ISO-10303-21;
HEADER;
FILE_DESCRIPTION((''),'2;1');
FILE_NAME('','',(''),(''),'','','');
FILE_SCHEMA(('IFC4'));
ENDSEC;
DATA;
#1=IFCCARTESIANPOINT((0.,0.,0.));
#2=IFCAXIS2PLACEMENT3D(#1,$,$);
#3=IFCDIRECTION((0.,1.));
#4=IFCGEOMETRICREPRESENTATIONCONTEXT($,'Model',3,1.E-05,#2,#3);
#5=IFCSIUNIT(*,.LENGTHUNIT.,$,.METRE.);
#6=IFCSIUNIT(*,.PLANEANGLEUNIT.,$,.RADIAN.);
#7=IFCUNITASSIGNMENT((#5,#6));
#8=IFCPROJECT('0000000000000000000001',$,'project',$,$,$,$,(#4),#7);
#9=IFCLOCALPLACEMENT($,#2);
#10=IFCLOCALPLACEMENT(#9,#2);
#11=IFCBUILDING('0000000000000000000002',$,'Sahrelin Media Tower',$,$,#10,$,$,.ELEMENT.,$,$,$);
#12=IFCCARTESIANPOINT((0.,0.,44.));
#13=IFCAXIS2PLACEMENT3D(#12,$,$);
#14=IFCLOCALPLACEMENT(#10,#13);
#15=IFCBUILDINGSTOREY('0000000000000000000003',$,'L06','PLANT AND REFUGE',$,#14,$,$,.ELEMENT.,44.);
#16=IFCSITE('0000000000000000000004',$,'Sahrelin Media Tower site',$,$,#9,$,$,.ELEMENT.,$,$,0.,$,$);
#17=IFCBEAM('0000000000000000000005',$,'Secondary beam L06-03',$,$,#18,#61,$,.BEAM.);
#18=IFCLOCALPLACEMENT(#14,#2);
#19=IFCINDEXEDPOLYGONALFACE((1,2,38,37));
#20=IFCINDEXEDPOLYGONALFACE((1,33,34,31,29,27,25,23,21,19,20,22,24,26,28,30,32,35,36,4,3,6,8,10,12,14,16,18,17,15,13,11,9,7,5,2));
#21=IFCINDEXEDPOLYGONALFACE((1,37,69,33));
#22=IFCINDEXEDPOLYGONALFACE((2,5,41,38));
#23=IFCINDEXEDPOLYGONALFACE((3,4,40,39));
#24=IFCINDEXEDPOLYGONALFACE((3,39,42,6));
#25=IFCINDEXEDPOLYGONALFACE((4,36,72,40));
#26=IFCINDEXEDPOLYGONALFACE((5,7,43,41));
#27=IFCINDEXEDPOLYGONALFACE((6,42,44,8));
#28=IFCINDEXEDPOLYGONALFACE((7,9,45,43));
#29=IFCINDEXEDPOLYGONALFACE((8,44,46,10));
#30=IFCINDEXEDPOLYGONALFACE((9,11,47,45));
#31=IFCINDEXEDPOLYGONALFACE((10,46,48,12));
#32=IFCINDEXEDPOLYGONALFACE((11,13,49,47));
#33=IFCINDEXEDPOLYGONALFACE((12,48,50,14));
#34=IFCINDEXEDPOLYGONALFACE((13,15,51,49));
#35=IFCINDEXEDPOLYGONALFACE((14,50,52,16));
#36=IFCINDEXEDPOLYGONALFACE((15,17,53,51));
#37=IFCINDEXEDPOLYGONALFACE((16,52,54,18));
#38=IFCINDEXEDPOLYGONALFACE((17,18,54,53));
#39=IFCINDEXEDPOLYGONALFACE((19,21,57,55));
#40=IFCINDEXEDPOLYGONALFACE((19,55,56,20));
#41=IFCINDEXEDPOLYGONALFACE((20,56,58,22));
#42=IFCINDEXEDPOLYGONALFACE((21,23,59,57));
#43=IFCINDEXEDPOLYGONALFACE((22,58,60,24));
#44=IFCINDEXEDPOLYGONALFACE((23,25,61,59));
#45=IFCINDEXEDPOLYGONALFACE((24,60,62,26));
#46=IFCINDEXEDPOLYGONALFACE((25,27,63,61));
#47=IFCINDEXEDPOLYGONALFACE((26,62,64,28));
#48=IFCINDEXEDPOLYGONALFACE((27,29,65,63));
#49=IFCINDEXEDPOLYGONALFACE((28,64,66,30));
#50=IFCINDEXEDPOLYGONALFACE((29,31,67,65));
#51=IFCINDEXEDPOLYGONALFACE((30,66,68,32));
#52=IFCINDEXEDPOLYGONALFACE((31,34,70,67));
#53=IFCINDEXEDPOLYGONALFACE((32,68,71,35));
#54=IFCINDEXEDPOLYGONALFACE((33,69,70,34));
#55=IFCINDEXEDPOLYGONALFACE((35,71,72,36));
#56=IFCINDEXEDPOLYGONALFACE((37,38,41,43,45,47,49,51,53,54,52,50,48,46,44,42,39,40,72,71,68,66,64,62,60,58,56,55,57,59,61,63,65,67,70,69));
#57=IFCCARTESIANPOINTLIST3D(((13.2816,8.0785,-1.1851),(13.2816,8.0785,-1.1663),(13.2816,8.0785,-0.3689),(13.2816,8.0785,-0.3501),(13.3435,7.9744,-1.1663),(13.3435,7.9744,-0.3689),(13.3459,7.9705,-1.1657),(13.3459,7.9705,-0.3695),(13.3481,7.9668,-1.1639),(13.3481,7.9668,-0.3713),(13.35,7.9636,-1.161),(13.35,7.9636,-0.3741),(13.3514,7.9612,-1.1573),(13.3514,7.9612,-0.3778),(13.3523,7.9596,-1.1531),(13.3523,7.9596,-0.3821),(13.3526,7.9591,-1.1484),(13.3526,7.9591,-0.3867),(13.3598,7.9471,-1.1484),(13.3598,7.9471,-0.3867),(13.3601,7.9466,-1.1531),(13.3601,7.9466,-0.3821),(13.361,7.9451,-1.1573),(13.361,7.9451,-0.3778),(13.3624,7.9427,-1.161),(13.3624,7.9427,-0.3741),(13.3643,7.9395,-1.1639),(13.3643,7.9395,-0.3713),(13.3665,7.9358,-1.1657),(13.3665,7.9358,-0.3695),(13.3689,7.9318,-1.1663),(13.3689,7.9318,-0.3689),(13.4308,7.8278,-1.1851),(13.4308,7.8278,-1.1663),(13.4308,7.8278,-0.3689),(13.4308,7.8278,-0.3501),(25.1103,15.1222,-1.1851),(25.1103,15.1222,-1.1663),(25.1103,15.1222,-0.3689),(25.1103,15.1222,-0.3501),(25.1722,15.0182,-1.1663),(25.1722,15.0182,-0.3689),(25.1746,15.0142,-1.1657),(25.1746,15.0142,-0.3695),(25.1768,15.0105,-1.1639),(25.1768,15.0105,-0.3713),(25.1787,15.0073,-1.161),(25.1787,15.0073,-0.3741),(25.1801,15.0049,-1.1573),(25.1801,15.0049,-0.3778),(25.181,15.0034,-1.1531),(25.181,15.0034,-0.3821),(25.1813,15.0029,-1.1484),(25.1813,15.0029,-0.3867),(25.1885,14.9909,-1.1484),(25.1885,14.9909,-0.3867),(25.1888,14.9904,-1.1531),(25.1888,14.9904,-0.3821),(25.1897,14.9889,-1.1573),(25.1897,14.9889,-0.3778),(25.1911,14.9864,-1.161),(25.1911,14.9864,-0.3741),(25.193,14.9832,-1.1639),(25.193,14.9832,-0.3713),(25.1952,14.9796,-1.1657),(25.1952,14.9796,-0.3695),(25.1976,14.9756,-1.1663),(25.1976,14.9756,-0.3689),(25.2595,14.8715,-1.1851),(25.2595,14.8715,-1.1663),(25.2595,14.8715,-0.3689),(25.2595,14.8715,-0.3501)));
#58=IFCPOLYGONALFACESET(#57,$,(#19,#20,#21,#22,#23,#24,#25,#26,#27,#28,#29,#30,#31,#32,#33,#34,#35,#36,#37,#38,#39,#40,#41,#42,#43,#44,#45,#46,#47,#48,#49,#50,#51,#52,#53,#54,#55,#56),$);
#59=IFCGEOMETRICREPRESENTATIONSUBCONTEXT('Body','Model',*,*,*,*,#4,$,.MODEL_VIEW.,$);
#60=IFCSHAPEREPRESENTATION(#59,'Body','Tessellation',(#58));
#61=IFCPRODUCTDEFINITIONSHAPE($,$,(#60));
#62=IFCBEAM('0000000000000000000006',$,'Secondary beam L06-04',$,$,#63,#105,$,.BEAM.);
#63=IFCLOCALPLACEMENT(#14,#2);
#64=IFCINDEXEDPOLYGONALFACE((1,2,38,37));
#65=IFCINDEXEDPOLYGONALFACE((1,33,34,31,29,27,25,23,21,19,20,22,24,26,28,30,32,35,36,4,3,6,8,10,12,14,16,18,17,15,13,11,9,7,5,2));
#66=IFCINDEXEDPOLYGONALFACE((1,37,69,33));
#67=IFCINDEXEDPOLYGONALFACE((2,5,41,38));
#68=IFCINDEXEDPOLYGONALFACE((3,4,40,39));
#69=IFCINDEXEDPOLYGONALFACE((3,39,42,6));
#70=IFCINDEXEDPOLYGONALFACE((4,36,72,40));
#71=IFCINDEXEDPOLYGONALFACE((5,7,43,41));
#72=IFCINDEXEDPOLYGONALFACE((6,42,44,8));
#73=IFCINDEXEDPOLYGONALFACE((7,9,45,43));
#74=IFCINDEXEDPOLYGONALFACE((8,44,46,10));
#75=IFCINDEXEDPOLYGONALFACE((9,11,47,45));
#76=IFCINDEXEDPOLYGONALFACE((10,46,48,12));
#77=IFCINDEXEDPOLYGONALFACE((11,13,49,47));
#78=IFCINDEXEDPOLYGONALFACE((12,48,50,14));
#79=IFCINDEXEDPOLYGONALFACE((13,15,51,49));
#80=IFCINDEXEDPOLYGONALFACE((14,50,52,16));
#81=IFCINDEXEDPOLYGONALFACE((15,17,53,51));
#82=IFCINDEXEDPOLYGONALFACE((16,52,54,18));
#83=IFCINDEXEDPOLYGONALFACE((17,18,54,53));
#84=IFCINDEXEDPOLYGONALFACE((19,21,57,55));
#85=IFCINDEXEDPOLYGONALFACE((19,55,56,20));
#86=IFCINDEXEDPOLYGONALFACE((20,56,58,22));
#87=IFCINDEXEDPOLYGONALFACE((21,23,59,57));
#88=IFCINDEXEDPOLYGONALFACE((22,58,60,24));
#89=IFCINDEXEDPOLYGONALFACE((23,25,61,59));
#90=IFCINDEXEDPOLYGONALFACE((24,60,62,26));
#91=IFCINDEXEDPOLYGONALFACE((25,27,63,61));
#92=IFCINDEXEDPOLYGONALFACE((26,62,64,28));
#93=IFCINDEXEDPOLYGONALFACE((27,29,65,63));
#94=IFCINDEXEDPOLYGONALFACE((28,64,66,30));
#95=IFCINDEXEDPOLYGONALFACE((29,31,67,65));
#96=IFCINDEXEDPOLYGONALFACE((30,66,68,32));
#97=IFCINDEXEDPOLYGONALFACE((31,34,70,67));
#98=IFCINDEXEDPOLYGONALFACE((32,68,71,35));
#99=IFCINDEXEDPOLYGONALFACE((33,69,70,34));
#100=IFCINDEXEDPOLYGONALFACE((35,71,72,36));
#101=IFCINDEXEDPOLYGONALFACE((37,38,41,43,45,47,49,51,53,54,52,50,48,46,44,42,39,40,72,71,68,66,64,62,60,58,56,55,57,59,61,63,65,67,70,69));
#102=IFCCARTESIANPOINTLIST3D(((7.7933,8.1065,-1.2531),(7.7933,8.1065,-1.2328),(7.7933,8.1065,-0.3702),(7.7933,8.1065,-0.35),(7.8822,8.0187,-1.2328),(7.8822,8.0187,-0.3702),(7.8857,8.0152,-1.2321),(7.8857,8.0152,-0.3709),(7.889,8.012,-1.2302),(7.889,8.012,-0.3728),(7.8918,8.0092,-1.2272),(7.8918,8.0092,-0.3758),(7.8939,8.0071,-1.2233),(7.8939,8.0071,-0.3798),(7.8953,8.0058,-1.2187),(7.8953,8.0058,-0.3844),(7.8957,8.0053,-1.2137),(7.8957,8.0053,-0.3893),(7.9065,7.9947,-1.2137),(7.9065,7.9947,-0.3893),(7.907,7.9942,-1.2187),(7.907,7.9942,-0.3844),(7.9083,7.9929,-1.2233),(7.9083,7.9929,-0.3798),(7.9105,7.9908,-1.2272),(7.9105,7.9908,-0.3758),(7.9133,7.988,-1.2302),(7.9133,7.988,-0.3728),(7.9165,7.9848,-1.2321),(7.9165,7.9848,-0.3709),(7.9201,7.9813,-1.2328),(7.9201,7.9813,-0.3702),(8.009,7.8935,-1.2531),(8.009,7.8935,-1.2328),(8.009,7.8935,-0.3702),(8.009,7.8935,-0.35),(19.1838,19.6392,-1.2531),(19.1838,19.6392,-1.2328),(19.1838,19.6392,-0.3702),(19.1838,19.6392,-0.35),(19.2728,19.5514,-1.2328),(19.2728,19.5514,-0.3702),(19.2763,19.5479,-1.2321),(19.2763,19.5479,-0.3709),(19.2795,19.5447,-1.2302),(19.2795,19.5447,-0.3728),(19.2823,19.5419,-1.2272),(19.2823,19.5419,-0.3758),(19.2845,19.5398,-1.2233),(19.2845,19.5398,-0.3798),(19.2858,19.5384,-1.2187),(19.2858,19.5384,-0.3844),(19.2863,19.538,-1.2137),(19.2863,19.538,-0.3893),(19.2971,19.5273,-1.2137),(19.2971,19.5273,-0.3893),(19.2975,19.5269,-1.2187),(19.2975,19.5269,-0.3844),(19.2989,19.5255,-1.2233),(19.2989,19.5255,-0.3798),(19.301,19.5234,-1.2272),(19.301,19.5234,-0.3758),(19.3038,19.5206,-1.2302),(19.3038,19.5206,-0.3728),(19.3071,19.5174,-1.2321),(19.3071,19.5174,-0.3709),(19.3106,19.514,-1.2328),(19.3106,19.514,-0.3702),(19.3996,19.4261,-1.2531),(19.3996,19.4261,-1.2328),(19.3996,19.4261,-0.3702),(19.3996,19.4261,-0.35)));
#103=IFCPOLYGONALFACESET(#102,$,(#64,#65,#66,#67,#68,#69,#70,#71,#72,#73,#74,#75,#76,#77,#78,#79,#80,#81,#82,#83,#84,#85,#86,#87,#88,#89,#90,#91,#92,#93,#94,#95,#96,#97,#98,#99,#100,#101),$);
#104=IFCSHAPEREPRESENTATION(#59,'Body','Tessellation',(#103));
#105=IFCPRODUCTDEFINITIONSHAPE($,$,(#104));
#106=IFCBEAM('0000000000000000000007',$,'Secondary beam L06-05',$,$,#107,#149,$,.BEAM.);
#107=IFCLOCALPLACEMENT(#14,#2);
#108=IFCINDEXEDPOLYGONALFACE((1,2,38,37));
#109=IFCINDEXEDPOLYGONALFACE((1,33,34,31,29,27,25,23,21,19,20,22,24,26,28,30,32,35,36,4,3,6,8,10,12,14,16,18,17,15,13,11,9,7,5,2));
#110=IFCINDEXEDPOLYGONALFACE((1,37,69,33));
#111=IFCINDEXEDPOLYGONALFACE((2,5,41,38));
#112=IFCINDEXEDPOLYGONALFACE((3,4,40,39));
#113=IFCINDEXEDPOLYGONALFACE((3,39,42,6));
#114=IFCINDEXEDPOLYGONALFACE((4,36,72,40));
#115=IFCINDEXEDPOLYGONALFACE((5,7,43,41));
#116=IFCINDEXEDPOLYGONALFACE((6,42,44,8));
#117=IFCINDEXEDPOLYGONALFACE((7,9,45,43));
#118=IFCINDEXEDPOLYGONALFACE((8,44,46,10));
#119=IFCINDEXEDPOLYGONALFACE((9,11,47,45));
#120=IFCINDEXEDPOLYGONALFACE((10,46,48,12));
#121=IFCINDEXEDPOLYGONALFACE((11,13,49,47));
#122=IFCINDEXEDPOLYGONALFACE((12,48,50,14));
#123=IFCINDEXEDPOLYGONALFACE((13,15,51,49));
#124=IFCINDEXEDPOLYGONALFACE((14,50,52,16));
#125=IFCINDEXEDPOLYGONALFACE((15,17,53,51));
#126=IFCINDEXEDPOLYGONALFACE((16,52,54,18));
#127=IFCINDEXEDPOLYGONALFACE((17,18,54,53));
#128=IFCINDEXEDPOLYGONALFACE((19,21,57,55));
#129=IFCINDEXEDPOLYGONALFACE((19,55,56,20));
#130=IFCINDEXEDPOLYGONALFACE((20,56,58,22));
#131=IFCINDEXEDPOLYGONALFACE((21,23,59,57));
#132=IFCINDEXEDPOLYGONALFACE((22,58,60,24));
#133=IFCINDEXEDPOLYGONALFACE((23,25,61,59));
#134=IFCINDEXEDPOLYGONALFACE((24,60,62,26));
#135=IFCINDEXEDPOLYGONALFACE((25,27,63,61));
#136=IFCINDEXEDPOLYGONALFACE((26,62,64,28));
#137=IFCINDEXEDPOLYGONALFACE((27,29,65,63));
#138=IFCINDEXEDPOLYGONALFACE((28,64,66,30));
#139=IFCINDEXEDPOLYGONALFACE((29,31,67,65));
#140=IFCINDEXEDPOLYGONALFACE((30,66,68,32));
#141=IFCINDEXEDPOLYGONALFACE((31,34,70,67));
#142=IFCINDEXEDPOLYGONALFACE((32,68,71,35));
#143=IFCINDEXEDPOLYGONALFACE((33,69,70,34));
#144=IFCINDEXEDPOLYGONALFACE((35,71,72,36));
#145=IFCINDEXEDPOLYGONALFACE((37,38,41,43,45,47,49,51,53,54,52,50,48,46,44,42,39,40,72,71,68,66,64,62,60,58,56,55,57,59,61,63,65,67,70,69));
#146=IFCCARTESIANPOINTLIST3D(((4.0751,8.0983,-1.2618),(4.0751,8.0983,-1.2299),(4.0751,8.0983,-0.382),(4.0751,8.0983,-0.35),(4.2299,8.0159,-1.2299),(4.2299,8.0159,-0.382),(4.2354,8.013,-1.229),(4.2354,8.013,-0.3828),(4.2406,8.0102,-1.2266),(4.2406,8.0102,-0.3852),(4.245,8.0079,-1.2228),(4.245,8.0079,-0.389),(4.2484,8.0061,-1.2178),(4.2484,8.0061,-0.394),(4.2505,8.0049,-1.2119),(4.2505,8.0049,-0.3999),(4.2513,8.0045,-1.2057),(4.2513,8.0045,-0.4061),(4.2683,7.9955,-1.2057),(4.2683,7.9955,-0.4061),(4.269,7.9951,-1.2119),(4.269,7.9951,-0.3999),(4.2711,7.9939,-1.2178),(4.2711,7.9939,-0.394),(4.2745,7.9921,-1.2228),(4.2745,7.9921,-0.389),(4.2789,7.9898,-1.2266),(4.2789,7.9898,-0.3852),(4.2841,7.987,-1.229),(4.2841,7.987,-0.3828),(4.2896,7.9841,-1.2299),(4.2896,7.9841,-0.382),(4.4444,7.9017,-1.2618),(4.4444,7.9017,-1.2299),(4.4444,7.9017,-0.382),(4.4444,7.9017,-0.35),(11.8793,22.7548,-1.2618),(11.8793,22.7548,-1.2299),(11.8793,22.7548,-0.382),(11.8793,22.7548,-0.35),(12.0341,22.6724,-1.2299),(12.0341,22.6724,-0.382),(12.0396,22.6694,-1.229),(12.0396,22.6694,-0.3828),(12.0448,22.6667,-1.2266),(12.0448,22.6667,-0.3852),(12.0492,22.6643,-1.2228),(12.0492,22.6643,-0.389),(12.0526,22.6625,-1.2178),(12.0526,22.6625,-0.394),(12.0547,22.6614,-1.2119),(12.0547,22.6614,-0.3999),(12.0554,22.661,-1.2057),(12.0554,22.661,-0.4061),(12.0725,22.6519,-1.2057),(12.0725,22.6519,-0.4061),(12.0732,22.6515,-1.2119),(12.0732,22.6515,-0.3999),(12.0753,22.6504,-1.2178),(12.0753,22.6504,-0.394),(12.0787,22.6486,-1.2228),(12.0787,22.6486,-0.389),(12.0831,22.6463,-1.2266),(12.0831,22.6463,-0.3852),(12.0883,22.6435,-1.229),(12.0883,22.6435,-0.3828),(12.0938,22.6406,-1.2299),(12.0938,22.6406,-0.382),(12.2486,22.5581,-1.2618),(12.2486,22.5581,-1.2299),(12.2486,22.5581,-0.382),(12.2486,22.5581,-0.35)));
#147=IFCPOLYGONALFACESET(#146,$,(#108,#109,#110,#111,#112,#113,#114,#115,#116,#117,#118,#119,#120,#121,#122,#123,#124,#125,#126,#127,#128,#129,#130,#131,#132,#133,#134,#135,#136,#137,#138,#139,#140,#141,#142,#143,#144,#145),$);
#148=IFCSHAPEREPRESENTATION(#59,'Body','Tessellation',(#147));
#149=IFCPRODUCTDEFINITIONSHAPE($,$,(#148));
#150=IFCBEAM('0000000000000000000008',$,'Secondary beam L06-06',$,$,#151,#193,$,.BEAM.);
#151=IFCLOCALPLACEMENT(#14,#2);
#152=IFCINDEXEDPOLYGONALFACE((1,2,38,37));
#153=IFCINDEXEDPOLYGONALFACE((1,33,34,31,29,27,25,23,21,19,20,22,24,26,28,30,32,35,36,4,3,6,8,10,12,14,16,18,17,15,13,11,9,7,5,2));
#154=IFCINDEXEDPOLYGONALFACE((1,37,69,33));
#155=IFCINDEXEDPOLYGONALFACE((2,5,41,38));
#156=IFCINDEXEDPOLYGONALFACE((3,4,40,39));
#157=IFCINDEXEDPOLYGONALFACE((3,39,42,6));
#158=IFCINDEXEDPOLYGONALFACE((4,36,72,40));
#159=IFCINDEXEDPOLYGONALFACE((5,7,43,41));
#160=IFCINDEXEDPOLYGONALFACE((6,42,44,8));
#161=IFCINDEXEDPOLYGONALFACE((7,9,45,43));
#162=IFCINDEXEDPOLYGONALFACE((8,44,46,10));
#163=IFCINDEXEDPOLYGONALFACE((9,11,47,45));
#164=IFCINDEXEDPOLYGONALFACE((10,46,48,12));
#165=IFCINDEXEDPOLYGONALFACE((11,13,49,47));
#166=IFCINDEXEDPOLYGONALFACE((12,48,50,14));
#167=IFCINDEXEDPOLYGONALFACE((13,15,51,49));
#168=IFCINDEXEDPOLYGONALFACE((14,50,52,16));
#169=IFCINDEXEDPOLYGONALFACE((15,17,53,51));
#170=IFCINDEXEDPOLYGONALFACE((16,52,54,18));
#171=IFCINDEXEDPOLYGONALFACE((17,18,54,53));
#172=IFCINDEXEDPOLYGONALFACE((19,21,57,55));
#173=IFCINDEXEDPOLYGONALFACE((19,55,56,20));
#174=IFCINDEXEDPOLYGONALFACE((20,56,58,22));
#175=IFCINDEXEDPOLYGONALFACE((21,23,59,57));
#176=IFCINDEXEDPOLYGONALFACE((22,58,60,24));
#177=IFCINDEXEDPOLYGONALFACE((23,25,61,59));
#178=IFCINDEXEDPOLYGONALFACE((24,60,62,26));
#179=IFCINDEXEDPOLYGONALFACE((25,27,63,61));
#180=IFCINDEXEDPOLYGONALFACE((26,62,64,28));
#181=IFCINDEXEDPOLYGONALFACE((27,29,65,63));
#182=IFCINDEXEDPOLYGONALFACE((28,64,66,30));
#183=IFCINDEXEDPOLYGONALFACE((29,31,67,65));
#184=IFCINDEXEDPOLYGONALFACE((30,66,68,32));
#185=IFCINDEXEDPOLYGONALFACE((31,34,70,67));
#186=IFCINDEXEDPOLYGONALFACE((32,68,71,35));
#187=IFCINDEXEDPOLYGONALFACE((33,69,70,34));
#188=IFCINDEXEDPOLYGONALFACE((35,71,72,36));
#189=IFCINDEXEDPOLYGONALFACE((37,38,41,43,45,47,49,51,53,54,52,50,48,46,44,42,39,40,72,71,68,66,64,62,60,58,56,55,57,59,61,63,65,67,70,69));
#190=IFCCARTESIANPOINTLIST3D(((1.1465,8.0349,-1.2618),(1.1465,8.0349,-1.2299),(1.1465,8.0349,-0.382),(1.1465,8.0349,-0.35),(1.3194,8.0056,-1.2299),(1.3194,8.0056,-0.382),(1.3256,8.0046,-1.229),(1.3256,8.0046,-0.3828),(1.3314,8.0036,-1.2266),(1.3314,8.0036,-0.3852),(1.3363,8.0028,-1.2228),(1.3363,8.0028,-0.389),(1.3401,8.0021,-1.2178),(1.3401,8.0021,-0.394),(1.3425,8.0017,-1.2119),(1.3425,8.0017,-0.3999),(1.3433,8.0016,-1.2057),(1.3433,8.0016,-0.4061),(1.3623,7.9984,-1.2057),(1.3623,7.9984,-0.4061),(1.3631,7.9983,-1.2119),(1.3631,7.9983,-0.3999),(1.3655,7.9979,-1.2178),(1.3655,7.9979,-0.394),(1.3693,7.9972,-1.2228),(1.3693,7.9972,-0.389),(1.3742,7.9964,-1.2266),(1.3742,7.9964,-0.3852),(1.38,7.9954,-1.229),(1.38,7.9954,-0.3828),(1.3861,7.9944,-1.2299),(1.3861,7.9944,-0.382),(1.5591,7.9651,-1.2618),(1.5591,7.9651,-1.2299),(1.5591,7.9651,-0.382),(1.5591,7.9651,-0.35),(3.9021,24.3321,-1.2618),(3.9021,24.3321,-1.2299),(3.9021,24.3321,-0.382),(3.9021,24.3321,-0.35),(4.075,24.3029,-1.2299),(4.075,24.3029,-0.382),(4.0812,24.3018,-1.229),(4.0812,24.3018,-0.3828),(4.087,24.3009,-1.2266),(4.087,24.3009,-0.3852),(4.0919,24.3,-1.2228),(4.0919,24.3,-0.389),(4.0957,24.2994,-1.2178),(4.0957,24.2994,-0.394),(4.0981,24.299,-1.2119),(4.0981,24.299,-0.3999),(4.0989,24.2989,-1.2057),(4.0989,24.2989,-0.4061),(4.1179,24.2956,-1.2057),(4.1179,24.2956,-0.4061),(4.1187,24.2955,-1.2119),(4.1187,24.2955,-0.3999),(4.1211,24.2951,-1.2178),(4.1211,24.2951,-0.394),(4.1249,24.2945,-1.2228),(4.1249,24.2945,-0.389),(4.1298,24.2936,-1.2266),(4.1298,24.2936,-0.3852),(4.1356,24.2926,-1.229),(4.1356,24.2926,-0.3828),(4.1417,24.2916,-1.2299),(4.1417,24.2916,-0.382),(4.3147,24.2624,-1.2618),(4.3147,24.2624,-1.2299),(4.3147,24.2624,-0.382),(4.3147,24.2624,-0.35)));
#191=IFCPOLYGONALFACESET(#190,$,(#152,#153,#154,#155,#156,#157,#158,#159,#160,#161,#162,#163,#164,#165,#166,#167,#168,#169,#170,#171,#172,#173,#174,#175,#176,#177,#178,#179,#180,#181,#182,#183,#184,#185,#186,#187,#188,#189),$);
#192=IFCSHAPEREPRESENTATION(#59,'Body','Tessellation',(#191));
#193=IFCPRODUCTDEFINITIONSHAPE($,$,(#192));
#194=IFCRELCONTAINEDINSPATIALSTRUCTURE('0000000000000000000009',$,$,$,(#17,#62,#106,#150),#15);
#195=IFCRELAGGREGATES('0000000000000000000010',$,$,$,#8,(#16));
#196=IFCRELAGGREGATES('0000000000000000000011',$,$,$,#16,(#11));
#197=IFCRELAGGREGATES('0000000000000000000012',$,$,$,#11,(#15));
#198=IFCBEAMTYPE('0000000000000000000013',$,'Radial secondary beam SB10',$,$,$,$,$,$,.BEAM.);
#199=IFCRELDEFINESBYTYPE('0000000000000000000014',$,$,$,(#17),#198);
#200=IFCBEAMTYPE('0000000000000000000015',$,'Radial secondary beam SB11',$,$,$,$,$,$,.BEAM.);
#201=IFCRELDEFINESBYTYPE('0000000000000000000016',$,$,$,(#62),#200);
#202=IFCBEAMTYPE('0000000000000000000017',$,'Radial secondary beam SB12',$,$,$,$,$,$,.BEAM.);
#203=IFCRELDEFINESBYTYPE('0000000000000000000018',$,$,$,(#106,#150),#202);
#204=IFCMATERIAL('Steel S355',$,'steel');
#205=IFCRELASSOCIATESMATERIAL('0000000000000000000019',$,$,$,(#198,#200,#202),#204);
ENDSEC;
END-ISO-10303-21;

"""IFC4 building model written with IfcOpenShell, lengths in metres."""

from ifc_helpers import new_model, si_unit, direction, frame, origin, origin_2d, place, context, subcontext, project, spatial, i_section, extrude, material, material_profile, profile_set, type_object, element, save


model = new_model("IFC4")

# Units and contexts
model_context = context("Model", 3, precision=1e-05, world=origin(), true_north=direction((0.0, 1.0)))
body_context = subcontext(model_context, "Body", "Model", "MODEL_VIEW")
ifc_project = project(units=[si_unit("LENGTHUNIT", "METRE"), si_unit("PLANEANGLEUNIT", "RADIAN")], contexts=[model_context])

# Site, building, storey
site_placement = place(None, origin())
site = spatial("IfcSite", under=ifc_project, at=site_placement, Name="Sahrelin Media Tower site", CompositionType="ELEMENT", RefElevation=0.0)
building_placement = place(site_placement, origin())
building = spatial("IfcBuilding", under=site, at=building_placement, Name="Sahrelin Media Tower", CompositionType="ELEMENT")
storey_placement = place(building_placement, frame((0.0, 0.0, 44.0)))
storey = spatial("IfcBuildingStorey", under=building, at=storey_placement, Name="L06", Description="PLANT AND REFUGE", CompositionType="ELEMENT", Elevation=44.0)

# Beams
ifc_material_1 = material(Name="Steel S355", Category="steel")
ifc_material_profile_1 = material_profile(ifc_material_1, i_section(OverallWidth=0.2917, OverallDepth=0.835, WebThickness=0.0139, FlangeThickness=0.0188, FilletRadius=0.0178, at=origin_2d()), Name="UB 838x292x176")
ifc_profile_set_1 = profile_set([ifc_material_profile_1], Name="Steel S355")
beam_type_1 = type_object("IfcBeamType", Name="Radial secondary beam SB10", PredefinedType="BEAM", material=ifc_profile_set_1)
beam_1_placement = place(storey_placement, frame((13.3562, 7.9531, -0.7676), z_axis=(0.859202, 0.511637, 0.0), x_axis=(-0.511637, 0.859202, 0.0)))
element("IfcBeam", 1, at=beam_1_placement, inside=storey, type_object=beam_type_1, Name="Secondary beam L06-03", PredefinedType="BEAM", context=body_context, shape_type="SweptSolid", body=[
    extrude(i_section(OverallWidth=0.2917, OverallDepth=0.835, WebThickness=0.0139, FlangeThickness=0.0188, FilletRadius=0.0178, at=origin_2d()), origin(), (0.0, 0.0, 1.0), 13.7671),
])
ifc_material_profile_2 = material_profile(ifc_material_1, i_section(OverallWidth=0.3032, OverallDepth=0.9031, WebThickness=0.0151, FlangeThickness=0.0203, FilletRadius=0.019, at=origin_2d()), Name="UB 914x305x201")
ifc_profile_set_2 = profile_set([ifc_material_profile_2], Name="Steel S355")
beam_type_2 = type_object("IfcBeamType", Name="Radial secondary beam SB11", PredefinedType="BEAM", material=ifc_profile_set_2)
beam_2_placement = place(storey_placement, frame((7.9011, 8.0, -0.8015), z_axis=(0.70271, 0.711476, 0.0), x_axis=(-0.711476, 0.70271, 0.0)))
element("IfcBeam", 2, at=beam_2_placement, inside=storey, type_object=beam_type_2, Name="Secondary beam L06-04", PredefinedType="BEAM", context=body_context, shape_type="SweptSolid", body=[
    extrude(i_section(OverallWidth=0.3032, OverallDepth=0.9031, WebThickness=0.0151, FlangeThickness=0.0203, FilletRadius=0.019, at=origin_2d()), origin(), (0.0, 0.0, 1.0), 16.2095),
])
ifc_material_profile_3 = material_profile(ifc_material_1, i_section(OverallWidth=0.4185, OverallDepth=0.9119, WebThickness=0.0193, FlangeThickness=0.032, FilletRadius=0.0242, at=origin_2d()), Name="UB 914x419x343")
ifc_profile_set_3 = profile_set([ifc_material_profile_3], Name="Steel S355")
beam_type_3 = type_object("IfcBeamType", Name="Radial secondary beam SB12", PredefinedType="BEAM", material=ifc_profile_set_3)
beam_3_placement = place(storey_placement, frame((4.2598, 8.0, -0.8059), z_axis=(0.469997, 0.882668, 0.0), x_axis=(-0.882668, 0.469997, 0.0)))
element("IfcBeam", 3, at=beam_3_placement, inside=storey, type_object=beam_type_3, Name="Secondary beam L06-05", PredefinedType="BEAM", context=body_context, shape_type="SweptSolid", body=[
    extrude(i_section(OverallWidth=0.4185, OverallDepth=0.9119, WebThickness=0.0193, FlangeThickness=0.032, FilletRadius=0.0242, at=origin_2d()), origin(), (0.0, 0.0, 1.0), 16.6047),
])
beam_4_placement = place(storey_placement, frame((1.3528, 8.0, -0.8059), z_axis=(0.166717, 0.986005, 0.0), x_axis=(-0.986005, 0.166717, 0.0)))
element("IfcBeam", 4, at=beam_4_placement, inside=storey, type_object=beam_type_3, Name="Secondary beam L06-06", PredefinedType="BEAM", context=body_context, shape_type="SweptSolid", body=[
    extrude(i_section(OverallWidth=0.4185, OverallDepth=0.9119, WebThickness=0.0193, FlangeThickness=0.032, FilletRadius=0.0242, at=origin_2d()), origin(), (0.0, 0.0, 1.0), 16.5286),
])

save(model, "model.ifc")
